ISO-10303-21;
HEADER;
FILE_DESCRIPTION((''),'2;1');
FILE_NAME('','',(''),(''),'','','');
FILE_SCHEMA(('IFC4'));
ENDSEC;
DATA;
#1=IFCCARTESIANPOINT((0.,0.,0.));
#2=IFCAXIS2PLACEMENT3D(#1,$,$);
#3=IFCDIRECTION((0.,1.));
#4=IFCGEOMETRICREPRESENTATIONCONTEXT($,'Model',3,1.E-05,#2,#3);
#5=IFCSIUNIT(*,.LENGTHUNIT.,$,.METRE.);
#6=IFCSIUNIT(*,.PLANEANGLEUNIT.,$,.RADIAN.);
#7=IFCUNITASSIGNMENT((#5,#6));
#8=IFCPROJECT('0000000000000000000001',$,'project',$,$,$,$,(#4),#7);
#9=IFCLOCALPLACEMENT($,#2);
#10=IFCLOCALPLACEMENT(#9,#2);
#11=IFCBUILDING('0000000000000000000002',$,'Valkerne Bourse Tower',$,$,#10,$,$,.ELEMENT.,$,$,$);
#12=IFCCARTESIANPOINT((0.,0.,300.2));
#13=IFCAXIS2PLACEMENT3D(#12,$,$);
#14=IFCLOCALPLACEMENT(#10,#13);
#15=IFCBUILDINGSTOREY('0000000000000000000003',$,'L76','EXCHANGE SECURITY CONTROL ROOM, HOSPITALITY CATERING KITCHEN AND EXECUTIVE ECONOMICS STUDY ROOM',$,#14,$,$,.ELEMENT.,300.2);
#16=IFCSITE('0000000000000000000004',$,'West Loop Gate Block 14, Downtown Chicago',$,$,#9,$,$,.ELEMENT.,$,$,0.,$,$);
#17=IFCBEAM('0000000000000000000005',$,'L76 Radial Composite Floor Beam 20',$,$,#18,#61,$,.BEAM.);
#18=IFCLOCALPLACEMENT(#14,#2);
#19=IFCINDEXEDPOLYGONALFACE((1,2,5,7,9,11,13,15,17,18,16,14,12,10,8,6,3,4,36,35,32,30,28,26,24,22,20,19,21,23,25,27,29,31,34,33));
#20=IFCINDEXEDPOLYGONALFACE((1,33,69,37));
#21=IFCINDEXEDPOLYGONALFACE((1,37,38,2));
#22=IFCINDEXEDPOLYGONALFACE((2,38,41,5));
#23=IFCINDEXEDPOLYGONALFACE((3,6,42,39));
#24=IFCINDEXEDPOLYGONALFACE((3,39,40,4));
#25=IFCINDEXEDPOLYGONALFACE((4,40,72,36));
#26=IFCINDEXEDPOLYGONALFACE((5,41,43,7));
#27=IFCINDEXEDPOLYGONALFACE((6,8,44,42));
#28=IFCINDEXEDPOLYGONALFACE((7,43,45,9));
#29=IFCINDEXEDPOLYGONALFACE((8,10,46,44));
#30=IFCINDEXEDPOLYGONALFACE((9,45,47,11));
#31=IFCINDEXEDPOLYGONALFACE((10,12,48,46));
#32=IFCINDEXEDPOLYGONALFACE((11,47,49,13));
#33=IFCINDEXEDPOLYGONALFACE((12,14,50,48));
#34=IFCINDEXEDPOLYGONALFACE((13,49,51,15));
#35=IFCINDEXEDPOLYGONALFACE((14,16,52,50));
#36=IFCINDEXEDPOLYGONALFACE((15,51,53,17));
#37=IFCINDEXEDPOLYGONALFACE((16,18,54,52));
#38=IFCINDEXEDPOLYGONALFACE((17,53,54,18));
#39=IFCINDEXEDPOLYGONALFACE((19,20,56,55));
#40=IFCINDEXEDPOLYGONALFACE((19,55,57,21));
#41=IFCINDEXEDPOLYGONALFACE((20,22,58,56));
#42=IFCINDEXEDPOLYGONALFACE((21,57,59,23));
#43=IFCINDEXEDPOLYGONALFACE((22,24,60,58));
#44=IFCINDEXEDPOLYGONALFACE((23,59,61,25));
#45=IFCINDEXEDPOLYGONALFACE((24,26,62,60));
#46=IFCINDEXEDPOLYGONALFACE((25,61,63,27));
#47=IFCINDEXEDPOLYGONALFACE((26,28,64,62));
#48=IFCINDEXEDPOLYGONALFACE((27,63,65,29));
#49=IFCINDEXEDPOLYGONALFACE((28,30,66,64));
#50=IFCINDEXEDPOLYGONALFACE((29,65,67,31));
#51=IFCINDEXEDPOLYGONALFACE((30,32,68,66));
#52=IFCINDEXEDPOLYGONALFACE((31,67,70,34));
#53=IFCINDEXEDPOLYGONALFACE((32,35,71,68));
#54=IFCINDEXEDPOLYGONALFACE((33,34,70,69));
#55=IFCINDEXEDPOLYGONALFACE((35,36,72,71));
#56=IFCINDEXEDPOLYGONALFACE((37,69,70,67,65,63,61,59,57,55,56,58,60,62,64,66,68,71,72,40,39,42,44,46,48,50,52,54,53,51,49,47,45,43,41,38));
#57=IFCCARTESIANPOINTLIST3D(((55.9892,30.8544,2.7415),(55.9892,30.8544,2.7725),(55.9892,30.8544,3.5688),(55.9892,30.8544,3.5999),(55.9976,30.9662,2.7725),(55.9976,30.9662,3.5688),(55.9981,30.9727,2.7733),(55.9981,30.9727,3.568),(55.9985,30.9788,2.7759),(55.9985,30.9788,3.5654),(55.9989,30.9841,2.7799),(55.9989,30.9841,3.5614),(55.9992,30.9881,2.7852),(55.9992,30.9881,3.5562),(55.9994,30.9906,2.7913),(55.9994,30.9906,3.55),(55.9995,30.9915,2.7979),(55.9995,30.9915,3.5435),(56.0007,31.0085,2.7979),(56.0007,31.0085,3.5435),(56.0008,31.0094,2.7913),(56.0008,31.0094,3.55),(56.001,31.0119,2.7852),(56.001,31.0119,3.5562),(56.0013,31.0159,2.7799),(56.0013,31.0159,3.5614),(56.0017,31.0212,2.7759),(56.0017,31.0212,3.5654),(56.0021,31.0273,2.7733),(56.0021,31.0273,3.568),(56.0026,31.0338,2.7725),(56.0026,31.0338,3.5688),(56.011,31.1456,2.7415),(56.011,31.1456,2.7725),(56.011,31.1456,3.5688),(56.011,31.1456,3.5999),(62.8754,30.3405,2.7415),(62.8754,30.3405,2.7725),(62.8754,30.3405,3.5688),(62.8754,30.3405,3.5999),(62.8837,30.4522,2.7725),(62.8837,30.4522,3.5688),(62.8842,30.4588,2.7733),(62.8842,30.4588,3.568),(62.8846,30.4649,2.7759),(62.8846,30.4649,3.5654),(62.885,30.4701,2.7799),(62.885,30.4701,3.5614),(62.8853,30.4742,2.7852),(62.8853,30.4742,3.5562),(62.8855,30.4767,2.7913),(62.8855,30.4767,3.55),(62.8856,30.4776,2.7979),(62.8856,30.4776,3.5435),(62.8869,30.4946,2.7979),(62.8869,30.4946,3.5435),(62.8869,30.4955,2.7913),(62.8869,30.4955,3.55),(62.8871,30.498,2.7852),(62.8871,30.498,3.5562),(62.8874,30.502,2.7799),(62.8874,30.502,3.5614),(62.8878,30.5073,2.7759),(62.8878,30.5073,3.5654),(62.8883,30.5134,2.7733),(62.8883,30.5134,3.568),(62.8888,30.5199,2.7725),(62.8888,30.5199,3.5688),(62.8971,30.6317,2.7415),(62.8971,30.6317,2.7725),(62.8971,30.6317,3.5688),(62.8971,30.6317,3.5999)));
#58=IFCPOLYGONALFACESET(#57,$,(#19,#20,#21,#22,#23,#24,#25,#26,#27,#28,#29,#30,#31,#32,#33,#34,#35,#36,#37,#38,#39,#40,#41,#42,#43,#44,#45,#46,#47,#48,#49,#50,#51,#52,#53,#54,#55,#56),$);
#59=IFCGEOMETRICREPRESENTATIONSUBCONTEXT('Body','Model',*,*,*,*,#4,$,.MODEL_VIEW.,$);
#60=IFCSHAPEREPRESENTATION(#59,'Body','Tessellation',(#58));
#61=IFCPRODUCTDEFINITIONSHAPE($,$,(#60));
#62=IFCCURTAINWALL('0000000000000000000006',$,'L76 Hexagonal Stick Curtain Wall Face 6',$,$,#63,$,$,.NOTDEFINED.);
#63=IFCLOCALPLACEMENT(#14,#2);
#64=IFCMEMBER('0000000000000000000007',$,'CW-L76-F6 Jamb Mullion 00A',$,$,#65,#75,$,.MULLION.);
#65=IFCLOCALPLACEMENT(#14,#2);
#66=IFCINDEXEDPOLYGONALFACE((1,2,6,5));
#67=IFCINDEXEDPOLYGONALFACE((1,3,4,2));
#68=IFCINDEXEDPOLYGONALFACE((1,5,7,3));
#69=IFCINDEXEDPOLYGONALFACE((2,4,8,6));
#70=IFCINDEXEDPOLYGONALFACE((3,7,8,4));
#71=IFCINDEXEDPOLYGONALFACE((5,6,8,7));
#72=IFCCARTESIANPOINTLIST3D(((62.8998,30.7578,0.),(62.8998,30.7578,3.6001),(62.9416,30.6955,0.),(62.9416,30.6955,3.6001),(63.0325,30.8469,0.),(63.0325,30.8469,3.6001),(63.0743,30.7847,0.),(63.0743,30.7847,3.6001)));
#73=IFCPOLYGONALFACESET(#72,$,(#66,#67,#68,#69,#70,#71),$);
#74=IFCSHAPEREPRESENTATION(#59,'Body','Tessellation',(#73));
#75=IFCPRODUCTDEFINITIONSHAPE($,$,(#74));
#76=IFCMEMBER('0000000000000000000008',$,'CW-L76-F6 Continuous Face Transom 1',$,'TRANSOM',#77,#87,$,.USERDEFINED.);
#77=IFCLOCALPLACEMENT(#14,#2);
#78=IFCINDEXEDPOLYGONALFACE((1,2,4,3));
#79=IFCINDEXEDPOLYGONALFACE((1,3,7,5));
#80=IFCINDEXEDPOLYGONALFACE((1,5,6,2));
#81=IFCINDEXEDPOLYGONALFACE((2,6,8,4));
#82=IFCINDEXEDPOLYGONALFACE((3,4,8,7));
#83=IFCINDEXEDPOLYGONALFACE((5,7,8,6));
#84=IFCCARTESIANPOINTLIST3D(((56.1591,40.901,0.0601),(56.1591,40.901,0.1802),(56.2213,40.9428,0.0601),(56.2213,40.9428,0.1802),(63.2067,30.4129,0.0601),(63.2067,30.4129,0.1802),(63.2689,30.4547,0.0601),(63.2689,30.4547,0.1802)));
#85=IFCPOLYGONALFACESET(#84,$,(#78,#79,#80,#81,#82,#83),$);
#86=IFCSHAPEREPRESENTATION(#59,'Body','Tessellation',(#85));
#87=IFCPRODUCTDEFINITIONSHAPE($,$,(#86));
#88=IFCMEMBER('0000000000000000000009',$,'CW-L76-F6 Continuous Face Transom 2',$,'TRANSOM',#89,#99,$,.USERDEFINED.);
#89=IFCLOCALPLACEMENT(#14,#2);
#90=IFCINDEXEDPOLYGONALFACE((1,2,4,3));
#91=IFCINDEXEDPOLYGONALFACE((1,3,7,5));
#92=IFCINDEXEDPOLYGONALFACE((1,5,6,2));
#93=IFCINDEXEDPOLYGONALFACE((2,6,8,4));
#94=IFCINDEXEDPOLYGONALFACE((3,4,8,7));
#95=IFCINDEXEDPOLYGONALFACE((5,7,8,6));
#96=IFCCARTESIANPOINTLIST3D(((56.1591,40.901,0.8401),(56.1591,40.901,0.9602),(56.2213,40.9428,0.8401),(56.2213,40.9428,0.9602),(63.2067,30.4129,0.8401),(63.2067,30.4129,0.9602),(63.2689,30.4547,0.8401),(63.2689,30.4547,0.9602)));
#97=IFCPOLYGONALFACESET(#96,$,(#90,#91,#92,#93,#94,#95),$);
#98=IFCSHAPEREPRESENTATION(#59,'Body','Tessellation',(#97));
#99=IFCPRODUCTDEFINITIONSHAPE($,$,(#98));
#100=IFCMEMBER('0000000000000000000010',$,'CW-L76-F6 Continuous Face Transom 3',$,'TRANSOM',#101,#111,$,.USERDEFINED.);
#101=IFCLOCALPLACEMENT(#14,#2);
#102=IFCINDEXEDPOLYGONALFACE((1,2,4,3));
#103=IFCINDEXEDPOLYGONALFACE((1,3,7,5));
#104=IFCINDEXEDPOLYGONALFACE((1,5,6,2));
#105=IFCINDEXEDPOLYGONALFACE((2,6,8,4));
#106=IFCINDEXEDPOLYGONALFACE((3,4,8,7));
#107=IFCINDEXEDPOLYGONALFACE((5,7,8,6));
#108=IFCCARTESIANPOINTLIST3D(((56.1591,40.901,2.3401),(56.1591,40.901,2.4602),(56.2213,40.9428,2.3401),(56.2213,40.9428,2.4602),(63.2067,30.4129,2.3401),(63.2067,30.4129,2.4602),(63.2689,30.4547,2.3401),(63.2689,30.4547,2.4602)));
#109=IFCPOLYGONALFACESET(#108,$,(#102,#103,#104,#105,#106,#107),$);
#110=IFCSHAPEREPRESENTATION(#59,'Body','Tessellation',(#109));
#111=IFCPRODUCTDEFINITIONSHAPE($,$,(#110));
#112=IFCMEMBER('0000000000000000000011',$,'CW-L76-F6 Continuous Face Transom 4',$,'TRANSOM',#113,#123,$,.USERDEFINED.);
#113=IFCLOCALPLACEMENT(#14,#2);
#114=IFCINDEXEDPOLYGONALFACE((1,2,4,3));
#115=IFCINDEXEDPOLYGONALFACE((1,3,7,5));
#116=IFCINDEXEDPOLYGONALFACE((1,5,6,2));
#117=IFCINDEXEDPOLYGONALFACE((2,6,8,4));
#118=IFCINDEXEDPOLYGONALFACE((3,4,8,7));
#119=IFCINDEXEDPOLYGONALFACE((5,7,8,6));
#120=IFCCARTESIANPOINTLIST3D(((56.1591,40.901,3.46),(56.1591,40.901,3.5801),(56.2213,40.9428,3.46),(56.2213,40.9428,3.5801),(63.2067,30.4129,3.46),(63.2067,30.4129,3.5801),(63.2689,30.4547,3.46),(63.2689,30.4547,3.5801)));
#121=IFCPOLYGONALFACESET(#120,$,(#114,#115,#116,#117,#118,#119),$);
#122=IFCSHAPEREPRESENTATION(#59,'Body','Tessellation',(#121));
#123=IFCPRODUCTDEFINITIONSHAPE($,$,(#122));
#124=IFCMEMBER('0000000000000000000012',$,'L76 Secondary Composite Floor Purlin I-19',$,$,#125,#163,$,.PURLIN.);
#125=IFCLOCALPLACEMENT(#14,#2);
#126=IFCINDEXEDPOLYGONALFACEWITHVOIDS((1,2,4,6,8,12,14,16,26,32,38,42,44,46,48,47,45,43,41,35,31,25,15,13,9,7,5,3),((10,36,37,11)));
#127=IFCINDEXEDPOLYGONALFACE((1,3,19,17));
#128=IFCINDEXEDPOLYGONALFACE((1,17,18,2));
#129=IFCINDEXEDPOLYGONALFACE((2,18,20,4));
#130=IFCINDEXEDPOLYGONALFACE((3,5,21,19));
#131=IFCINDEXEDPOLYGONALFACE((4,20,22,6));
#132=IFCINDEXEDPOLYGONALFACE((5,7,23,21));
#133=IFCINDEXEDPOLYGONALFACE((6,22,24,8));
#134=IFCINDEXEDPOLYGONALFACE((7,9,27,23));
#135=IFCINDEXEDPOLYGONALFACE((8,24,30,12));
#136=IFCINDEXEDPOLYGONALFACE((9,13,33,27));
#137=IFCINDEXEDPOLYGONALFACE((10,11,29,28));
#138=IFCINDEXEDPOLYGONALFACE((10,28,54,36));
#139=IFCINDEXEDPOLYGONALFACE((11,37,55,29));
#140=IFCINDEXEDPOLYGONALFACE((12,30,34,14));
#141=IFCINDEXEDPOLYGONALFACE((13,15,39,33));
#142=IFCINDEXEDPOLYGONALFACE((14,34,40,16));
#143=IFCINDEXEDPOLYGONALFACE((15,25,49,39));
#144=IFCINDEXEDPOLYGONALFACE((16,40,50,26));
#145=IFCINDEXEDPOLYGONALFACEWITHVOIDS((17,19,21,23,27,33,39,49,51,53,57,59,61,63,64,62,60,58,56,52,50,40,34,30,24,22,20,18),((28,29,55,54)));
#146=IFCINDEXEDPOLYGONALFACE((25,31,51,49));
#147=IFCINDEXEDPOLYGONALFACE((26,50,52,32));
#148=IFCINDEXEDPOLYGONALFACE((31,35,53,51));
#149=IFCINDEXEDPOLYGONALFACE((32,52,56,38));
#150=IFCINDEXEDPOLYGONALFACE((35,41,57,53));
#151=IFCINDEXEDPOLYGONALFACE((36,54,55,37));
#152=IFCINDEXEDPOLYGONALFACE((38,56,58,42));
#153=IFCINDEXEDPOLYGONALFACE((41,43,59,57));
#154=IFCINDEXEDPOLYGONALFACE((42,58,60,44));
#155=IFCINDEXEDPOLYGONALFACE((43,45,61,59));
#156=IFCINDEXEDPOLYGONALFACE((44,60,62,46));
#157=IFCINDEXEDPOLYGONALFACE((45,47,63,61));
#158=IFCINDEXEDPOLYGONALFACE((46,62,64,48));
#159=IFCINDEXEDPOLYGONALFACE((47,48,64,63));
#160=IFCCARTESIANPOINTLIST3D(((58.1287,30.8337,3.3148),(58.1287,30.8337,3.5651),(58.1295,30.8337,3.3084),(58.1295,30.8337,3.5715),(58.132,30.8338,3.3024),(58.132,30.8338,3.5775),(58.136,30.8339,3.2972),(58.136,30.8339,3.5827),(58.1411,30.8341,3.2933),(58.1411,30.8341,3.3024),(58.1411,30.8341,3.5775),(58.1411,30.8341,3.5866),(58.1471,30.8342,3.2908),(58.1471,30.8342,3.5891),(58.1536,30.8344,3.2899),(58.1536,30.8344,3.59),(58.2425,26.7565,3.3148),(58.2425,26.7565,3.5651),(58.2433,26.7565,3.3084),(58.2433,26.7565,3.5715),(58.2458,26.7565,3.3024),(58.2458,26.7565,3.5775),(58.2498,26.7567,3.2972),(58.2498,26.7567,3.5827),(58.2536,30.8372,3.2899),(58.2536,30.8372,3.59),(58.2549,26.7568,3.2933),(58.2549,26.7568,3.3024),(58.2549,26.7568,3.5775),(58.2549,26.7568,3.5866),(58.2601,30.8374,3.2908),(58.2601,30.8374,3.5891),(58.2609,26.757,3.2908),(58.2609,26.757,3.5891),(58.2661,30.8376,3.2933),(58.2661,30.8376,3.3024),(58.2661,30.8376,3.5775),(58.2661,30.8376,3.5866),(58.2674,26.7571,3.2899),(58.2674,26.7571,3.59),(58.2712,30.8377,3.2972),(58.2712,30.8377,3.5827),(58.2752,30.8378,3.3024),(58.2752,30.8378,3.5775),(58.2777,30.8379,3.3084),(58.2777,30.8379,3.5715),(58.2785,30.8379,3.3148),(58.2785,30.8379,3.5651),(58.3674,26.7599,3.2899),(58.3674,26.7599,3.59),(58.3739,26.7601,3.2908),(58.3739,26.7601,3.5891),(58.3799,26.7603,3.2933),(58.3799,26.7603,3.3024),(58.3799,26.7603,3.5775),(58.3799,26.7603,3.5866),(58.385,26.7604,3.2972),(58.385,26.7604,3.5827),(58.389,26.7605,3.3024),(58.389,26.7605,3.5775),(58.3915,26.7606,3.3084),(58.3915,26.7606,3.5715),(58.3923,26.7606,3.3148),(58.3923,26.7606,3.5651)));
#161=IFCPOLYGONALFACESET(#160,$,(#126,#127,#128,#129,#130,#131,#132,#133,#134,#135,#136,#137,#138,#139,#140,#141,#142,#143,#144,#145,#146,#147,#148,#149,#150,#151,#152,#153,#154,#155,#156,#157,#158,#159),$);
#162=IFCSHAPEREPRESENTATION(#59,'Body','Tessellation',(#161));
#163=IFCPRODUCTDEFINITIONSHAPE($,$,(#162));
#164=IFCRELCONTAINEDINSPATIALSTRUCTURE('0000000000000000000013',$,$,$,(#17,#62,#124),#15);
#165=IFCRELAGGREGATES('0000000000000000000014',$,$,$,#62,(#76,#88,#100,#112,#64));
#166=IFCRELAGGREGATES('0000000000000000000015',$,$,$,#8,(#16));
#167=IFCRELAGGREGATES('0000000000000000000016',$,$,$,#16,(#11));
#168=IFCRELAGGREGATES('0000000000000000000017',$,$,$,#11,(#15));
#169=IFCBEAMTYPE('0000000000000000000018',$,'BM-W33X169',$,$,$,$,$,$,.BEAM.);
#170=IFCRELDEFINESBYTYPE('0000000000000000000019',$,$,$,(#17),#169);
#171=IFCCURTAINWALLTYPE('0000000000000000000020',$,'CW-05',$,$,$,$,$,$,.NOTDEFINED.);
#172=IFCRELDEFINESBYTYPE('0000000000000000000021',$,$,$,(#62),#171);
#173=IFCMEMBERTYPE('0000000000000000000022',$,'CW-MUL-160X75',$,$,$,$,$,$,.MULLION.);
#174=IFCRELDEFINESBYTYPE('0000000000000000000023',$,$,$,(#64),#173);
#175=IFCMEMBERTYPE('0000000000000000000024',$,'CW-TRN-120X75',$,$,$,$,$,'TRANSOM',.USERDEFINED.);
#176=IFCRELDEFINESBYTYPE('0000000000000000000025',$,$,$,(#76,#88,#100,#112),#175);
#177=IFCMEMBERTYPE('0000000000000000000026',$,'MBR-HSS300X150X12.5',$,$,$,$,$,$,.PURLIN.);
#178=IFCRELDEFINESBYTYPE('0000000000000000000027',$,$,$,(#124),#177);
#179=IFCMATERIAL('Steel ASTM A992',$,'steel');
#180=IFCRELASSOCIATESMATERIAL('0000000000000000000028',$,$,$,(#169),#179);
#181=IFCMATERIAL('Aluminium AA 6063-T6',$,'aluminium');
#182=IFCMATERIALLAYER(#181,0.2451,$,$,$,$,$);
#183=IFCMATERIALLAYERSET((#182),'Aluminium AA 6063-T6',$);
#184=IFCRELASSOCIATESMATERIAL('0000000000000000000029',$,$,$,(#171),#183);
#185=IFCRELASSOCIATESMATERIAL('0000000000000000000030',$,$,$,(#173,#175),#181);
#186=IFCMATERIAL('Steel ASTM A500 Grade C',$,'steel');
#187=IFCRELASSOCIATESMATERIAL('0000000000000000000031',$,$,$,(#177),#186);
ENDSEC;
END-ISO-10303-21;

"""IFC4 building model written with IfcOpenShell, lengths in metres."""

from ifc_helpers import new_model, si_unit, direction, frame, origin, origin_2d, place, context, subcontext, project, spatial, rectangle, hollow_rectangle, i_section, extrude, material, layer, layer_set, material_profile, profile_set, type_object, element, aggregate, save


model = new_model("IFC4")

# Units and contexts
model_context = context("Model", 3, precision=1e-05, world=origin(), true_north=direction((0.0, 1.0)))
body_context = subcontext(model_context, "Body", "Model", "MODEL_VIEW")
ifc_project = project(units=[si_unit("LENGTHUNIT", "METRE"), si_unit("PLANEANGLEUNIT", "RADIAN")], contexts=[model_context])

# Site, building, storey
site_placement = place(None, origin())
site = spatial("IfcSite", under=ifc_project, at=site_placement, Name="West Loop Gate Block 14, Downtown Chicago", CompositionType="ELEMENT", RefElevation=0.0)
building_placement = place(site_placement, origin())
building = spatial("IfcBuilding", under=site, at=building_placement, Name="Valkerne Bourse Tower", CompositionType="ELEMENT")
storey_placement = place(building_placement, frame((0.0, 0.0, 300.2)))
storey = spatial("IfcBuildingStorey", under=building, at=storey_placement, Name="L76", Description="EXCHANGE SECURITY CONTROL ROOM, HOSPITALITY CATERING KITCHEN AND EXECUTIVE ECONOMICS STUDY ROOM", CompositionType="ELEMENT", Elevation=300.2)

# Shared definitions
ifc_material_1 = material(Name="Steel ASTM A500 Grade C", Category="steel")

# Beam
ifc_material_2 = material(Name="Steel ASTM A992", Category="steel")
ifc_material_profile_1 = material_profile(ifc_material_2, i_section(OverallWidth=0.292, OverallDepth=0.8584, WebThickness=0.0171, FlangeThickness=0.031, FilletRadius=0.0254, at=origin_2d()), Name="W33X169")
ifc_profile_set_1 = profile_set([ifc_material_profile_1], Name="Steel ASTM A992")
beam_type_1 = type_object("IfcBeamType", Name="BM-W33X169", PredefinedType="BEAM", material=ifc_profile_set_1)
beam_1_placement = place(storey_placement, frame((62.8862, 30.4861, 3.1707), z_axis=(-0.997227, 0.074423, 0.0), x_axis=(-0.074423, -0.997227, 0.0)))
element("IfcBeam", 1, at=beam_1_placement, inside=storey, type_object=beam_type_1, Name="L76 Radial Composite Floor Beam 20", PredefinedType="BEAM", context=body_context, shape_type="SweptSolid", body=[
    extrude(i_section(OverallWidth=0.292, OverallDepth=0.8584, WebThickness=0.0171, FlangeThickness=0.031, FilletRadius=0.0254, at=origin_2d()), origin(), (0.0, 0.0, 1.0), 6.9053),
])

# Curtain wall, members
ifc_material_3 = material(Name="Aluminium AA 6063-T6", Category="aluminium")
ifc_layer_1 = layer(ifc_material_3, 0.2451)
ifc_layer_set_1 = layer_set([ifc_layer_1], Name="Aluminium AA 6063-T6")
curtain_wall_type = type_object("IfcCurtainWallType", Name="CW-05", PredefinedType="NOTDEFINED", material=ifc_layer_set_1)
curtain_wall_placement = place(storey_placement, origin())
curtain_wall = element("IfcCurtainWall", 2, at=curtain_wall_placement, inside=storey, type_object=curtain_wall_type, Name="L76 Hexagonal Stick Curtain Wall Face 6", PredefinedType="NOTDEFINED")
ifc_material_profile_2 = material_profile(ifc_material_3, rectangle(XDim=0.075, YDim=0.1599, at=origin_2d()), Name="CWM-75X160")
ifc_profile_set_2 = profile_set([ifc_material_profile_2], Name="Aluminium AA 6063-T6")
member_type_1 = type_object("IfcMemberType", Name="CW-MUL-160X75", PredefinedType="MULLION", material=ifc_profile_set_2)
member_1_placement = place(storey_placement, frame((62.9871, 30.7712, 0.0), z_axis=(0.0, 0.0, 1.0), x_axis=(-0.557743, 0.830014, 0.0)))
member_1 = element("IfcMember", 3, at=member_1_placement, type_object=member_type_1, Name="CW-L76-F6 Jamb Mullion 00A", PredefinedType="MULLION", context=body_context, shape_type="SweptSolid", body=[
    extrude(rectangle(XDim=0.075, YDim=0.1599, at=origin_2d()), origin(), (0.0, 0.0, 1.0), 3.6001),
])
ifc_material_profile_3 = material_profile(ifc_material_3, rectangle(XDim=0.075, YDim=0.1201, at=origin_2d()), Name="CWT-75X120")
ifc_profile_set_3 = profile_set([ifc_material_profile_3], Name="Aluminium AA 6063-T6")
member_type_2 = type_object("IfcMemberType", Name="CW-TRN-120X75", ElementType="TRANSOM", PredefinedType="USERDEFINED", material=ifc_profile_set_3)
member_2_placement = place(storey_placement, frame((63.2378, 30.4338, 0.1201), z_axis=(-0.557742, 0.830015, 0.0), x_axis=(-0.830015, -0.557742, 0.0)))
member_2 = element("IfcMember", 4, at=member_2_placement, type_object=member_type_2, Name="CW-L76-F6 Continuous Face Transom 1", ObjectType="TRANSOM", PredefinedType="USERDEFINED", context=body_context, shape_type="SweptSolid", body=[
    extrude(rectangle(XDim=0.075, YDim=0.1201, at=origin_2d()), origin(), (0.0, 0.0, 1.0), 12.636),
])
member_3_placement = place(storey_placement, frame((63.2378, 30.4338, 0.9001), z_axis=(-0.557742, 0.830015, 0.0), x_axis=(-0.830015, -0.557742, 0.0)))
member_3 = element("IfcMember", 5, at=member_3_placement, type_object=member_type_2, Name="CW-L76-F6 Continuous Face Transom 2", ObjectType="TRANSOM", PredefinedType="USERDEFINED", context=body_context, shape_type="SweptSolid", body=[
    extrude(rectangle(XDim=0.075, YDim=0.1201, at=origin_2d()), origin(), (0.0, 0.0, 1.0), 12.636),
])
member_4_placement = place(storey_placement, frame((63.2378, 30.4338, 2.4001), z_axis=(-0.557742, 0.830015, 0.0), x_axis=(-0.830015, -0.557742, 0.0)))
member_4 = element("IfcMember", 6, at=member_4_placement, type_object=member_type_2, Name="CW-L76-F6 Continuous Face Transom 3", ObjectType="TRANSOM", PredefinedType="USERDEFINED", context=body_context, shape_type="SweptSolid", body=[
    extrude(rectangle(XDim=0.075, YDim=0.1201, at=origin_2d()), origin(), (0.0, 0.0, 1.0), 12.636),
])
member_5_placement = place(storey_placement, frame((63.2378, 30.4338, 3.52), z_axis=(-0.557742, 0.830015, 0.0), x_axis=(-0.830015, -0.557742, 0.0)))
member_5 = element("IfcMember", 7, at=member_5_placement, type_object=member_type_2, Name="CW-L76-F6 Continuous Face Transom 4", ObjectType="TRANSOM", PredefinedType="USERDEFINED", context=body_context, shape_type="SweptSolid", body=[
    extrude(rectangle(XDim=0.075, YDim=0.1201, at=origin_2d()), origin(), (0.0, 0.0, 1.0), 12.636),
])
aggregate(curtain_wall, [member_2, member_3, member_4, member_5, member_1])

# Member
ifc_material_profile_4 = material_profile(ifc_material_1, hollow_rectangle(XDim=0.1499, YDim=0.3, WallThickness=0.0125, OuterFilletRadius=0.0249, at=origin_2d()), Name="HSS300X150X12.5")
ifc_profile_set_4 = profile_set([ifc_material_profile_4], Name="Steel ASTM A500 Grade C")
member_type_3 = type_object("IfcMemberType", Name="MBR-HSS300X150X12.5", PredefinedType="PURLIN", material=ifc_profile_set_4)
member_6_placement = place(storey_placement, frame((58.3174, 26.7585, 3.4399), z_axis=(-0.027893, 0.999611, 0.0), x_axis=(-0.999611, -0.027893, 0.0)))
element("IfcMember", 8, at=member_6_placement, inside=storey, type_object=member_type_3, Name="L76 Secondary Composite Floor Purlin I-19", PredefinedType="PURLIN", context=body_context, shape_type="SweptSolid", body=[
    extrude(hollow_rectangle(XDim=0.1499, YDim=0.3, WallThickness=0.0125, OuterFilletRadius=0.0249, at=origin_2d()), origin(), (0.0, 0.0, 1.0), 4.0789),
])

save(model, "model.ifc")
